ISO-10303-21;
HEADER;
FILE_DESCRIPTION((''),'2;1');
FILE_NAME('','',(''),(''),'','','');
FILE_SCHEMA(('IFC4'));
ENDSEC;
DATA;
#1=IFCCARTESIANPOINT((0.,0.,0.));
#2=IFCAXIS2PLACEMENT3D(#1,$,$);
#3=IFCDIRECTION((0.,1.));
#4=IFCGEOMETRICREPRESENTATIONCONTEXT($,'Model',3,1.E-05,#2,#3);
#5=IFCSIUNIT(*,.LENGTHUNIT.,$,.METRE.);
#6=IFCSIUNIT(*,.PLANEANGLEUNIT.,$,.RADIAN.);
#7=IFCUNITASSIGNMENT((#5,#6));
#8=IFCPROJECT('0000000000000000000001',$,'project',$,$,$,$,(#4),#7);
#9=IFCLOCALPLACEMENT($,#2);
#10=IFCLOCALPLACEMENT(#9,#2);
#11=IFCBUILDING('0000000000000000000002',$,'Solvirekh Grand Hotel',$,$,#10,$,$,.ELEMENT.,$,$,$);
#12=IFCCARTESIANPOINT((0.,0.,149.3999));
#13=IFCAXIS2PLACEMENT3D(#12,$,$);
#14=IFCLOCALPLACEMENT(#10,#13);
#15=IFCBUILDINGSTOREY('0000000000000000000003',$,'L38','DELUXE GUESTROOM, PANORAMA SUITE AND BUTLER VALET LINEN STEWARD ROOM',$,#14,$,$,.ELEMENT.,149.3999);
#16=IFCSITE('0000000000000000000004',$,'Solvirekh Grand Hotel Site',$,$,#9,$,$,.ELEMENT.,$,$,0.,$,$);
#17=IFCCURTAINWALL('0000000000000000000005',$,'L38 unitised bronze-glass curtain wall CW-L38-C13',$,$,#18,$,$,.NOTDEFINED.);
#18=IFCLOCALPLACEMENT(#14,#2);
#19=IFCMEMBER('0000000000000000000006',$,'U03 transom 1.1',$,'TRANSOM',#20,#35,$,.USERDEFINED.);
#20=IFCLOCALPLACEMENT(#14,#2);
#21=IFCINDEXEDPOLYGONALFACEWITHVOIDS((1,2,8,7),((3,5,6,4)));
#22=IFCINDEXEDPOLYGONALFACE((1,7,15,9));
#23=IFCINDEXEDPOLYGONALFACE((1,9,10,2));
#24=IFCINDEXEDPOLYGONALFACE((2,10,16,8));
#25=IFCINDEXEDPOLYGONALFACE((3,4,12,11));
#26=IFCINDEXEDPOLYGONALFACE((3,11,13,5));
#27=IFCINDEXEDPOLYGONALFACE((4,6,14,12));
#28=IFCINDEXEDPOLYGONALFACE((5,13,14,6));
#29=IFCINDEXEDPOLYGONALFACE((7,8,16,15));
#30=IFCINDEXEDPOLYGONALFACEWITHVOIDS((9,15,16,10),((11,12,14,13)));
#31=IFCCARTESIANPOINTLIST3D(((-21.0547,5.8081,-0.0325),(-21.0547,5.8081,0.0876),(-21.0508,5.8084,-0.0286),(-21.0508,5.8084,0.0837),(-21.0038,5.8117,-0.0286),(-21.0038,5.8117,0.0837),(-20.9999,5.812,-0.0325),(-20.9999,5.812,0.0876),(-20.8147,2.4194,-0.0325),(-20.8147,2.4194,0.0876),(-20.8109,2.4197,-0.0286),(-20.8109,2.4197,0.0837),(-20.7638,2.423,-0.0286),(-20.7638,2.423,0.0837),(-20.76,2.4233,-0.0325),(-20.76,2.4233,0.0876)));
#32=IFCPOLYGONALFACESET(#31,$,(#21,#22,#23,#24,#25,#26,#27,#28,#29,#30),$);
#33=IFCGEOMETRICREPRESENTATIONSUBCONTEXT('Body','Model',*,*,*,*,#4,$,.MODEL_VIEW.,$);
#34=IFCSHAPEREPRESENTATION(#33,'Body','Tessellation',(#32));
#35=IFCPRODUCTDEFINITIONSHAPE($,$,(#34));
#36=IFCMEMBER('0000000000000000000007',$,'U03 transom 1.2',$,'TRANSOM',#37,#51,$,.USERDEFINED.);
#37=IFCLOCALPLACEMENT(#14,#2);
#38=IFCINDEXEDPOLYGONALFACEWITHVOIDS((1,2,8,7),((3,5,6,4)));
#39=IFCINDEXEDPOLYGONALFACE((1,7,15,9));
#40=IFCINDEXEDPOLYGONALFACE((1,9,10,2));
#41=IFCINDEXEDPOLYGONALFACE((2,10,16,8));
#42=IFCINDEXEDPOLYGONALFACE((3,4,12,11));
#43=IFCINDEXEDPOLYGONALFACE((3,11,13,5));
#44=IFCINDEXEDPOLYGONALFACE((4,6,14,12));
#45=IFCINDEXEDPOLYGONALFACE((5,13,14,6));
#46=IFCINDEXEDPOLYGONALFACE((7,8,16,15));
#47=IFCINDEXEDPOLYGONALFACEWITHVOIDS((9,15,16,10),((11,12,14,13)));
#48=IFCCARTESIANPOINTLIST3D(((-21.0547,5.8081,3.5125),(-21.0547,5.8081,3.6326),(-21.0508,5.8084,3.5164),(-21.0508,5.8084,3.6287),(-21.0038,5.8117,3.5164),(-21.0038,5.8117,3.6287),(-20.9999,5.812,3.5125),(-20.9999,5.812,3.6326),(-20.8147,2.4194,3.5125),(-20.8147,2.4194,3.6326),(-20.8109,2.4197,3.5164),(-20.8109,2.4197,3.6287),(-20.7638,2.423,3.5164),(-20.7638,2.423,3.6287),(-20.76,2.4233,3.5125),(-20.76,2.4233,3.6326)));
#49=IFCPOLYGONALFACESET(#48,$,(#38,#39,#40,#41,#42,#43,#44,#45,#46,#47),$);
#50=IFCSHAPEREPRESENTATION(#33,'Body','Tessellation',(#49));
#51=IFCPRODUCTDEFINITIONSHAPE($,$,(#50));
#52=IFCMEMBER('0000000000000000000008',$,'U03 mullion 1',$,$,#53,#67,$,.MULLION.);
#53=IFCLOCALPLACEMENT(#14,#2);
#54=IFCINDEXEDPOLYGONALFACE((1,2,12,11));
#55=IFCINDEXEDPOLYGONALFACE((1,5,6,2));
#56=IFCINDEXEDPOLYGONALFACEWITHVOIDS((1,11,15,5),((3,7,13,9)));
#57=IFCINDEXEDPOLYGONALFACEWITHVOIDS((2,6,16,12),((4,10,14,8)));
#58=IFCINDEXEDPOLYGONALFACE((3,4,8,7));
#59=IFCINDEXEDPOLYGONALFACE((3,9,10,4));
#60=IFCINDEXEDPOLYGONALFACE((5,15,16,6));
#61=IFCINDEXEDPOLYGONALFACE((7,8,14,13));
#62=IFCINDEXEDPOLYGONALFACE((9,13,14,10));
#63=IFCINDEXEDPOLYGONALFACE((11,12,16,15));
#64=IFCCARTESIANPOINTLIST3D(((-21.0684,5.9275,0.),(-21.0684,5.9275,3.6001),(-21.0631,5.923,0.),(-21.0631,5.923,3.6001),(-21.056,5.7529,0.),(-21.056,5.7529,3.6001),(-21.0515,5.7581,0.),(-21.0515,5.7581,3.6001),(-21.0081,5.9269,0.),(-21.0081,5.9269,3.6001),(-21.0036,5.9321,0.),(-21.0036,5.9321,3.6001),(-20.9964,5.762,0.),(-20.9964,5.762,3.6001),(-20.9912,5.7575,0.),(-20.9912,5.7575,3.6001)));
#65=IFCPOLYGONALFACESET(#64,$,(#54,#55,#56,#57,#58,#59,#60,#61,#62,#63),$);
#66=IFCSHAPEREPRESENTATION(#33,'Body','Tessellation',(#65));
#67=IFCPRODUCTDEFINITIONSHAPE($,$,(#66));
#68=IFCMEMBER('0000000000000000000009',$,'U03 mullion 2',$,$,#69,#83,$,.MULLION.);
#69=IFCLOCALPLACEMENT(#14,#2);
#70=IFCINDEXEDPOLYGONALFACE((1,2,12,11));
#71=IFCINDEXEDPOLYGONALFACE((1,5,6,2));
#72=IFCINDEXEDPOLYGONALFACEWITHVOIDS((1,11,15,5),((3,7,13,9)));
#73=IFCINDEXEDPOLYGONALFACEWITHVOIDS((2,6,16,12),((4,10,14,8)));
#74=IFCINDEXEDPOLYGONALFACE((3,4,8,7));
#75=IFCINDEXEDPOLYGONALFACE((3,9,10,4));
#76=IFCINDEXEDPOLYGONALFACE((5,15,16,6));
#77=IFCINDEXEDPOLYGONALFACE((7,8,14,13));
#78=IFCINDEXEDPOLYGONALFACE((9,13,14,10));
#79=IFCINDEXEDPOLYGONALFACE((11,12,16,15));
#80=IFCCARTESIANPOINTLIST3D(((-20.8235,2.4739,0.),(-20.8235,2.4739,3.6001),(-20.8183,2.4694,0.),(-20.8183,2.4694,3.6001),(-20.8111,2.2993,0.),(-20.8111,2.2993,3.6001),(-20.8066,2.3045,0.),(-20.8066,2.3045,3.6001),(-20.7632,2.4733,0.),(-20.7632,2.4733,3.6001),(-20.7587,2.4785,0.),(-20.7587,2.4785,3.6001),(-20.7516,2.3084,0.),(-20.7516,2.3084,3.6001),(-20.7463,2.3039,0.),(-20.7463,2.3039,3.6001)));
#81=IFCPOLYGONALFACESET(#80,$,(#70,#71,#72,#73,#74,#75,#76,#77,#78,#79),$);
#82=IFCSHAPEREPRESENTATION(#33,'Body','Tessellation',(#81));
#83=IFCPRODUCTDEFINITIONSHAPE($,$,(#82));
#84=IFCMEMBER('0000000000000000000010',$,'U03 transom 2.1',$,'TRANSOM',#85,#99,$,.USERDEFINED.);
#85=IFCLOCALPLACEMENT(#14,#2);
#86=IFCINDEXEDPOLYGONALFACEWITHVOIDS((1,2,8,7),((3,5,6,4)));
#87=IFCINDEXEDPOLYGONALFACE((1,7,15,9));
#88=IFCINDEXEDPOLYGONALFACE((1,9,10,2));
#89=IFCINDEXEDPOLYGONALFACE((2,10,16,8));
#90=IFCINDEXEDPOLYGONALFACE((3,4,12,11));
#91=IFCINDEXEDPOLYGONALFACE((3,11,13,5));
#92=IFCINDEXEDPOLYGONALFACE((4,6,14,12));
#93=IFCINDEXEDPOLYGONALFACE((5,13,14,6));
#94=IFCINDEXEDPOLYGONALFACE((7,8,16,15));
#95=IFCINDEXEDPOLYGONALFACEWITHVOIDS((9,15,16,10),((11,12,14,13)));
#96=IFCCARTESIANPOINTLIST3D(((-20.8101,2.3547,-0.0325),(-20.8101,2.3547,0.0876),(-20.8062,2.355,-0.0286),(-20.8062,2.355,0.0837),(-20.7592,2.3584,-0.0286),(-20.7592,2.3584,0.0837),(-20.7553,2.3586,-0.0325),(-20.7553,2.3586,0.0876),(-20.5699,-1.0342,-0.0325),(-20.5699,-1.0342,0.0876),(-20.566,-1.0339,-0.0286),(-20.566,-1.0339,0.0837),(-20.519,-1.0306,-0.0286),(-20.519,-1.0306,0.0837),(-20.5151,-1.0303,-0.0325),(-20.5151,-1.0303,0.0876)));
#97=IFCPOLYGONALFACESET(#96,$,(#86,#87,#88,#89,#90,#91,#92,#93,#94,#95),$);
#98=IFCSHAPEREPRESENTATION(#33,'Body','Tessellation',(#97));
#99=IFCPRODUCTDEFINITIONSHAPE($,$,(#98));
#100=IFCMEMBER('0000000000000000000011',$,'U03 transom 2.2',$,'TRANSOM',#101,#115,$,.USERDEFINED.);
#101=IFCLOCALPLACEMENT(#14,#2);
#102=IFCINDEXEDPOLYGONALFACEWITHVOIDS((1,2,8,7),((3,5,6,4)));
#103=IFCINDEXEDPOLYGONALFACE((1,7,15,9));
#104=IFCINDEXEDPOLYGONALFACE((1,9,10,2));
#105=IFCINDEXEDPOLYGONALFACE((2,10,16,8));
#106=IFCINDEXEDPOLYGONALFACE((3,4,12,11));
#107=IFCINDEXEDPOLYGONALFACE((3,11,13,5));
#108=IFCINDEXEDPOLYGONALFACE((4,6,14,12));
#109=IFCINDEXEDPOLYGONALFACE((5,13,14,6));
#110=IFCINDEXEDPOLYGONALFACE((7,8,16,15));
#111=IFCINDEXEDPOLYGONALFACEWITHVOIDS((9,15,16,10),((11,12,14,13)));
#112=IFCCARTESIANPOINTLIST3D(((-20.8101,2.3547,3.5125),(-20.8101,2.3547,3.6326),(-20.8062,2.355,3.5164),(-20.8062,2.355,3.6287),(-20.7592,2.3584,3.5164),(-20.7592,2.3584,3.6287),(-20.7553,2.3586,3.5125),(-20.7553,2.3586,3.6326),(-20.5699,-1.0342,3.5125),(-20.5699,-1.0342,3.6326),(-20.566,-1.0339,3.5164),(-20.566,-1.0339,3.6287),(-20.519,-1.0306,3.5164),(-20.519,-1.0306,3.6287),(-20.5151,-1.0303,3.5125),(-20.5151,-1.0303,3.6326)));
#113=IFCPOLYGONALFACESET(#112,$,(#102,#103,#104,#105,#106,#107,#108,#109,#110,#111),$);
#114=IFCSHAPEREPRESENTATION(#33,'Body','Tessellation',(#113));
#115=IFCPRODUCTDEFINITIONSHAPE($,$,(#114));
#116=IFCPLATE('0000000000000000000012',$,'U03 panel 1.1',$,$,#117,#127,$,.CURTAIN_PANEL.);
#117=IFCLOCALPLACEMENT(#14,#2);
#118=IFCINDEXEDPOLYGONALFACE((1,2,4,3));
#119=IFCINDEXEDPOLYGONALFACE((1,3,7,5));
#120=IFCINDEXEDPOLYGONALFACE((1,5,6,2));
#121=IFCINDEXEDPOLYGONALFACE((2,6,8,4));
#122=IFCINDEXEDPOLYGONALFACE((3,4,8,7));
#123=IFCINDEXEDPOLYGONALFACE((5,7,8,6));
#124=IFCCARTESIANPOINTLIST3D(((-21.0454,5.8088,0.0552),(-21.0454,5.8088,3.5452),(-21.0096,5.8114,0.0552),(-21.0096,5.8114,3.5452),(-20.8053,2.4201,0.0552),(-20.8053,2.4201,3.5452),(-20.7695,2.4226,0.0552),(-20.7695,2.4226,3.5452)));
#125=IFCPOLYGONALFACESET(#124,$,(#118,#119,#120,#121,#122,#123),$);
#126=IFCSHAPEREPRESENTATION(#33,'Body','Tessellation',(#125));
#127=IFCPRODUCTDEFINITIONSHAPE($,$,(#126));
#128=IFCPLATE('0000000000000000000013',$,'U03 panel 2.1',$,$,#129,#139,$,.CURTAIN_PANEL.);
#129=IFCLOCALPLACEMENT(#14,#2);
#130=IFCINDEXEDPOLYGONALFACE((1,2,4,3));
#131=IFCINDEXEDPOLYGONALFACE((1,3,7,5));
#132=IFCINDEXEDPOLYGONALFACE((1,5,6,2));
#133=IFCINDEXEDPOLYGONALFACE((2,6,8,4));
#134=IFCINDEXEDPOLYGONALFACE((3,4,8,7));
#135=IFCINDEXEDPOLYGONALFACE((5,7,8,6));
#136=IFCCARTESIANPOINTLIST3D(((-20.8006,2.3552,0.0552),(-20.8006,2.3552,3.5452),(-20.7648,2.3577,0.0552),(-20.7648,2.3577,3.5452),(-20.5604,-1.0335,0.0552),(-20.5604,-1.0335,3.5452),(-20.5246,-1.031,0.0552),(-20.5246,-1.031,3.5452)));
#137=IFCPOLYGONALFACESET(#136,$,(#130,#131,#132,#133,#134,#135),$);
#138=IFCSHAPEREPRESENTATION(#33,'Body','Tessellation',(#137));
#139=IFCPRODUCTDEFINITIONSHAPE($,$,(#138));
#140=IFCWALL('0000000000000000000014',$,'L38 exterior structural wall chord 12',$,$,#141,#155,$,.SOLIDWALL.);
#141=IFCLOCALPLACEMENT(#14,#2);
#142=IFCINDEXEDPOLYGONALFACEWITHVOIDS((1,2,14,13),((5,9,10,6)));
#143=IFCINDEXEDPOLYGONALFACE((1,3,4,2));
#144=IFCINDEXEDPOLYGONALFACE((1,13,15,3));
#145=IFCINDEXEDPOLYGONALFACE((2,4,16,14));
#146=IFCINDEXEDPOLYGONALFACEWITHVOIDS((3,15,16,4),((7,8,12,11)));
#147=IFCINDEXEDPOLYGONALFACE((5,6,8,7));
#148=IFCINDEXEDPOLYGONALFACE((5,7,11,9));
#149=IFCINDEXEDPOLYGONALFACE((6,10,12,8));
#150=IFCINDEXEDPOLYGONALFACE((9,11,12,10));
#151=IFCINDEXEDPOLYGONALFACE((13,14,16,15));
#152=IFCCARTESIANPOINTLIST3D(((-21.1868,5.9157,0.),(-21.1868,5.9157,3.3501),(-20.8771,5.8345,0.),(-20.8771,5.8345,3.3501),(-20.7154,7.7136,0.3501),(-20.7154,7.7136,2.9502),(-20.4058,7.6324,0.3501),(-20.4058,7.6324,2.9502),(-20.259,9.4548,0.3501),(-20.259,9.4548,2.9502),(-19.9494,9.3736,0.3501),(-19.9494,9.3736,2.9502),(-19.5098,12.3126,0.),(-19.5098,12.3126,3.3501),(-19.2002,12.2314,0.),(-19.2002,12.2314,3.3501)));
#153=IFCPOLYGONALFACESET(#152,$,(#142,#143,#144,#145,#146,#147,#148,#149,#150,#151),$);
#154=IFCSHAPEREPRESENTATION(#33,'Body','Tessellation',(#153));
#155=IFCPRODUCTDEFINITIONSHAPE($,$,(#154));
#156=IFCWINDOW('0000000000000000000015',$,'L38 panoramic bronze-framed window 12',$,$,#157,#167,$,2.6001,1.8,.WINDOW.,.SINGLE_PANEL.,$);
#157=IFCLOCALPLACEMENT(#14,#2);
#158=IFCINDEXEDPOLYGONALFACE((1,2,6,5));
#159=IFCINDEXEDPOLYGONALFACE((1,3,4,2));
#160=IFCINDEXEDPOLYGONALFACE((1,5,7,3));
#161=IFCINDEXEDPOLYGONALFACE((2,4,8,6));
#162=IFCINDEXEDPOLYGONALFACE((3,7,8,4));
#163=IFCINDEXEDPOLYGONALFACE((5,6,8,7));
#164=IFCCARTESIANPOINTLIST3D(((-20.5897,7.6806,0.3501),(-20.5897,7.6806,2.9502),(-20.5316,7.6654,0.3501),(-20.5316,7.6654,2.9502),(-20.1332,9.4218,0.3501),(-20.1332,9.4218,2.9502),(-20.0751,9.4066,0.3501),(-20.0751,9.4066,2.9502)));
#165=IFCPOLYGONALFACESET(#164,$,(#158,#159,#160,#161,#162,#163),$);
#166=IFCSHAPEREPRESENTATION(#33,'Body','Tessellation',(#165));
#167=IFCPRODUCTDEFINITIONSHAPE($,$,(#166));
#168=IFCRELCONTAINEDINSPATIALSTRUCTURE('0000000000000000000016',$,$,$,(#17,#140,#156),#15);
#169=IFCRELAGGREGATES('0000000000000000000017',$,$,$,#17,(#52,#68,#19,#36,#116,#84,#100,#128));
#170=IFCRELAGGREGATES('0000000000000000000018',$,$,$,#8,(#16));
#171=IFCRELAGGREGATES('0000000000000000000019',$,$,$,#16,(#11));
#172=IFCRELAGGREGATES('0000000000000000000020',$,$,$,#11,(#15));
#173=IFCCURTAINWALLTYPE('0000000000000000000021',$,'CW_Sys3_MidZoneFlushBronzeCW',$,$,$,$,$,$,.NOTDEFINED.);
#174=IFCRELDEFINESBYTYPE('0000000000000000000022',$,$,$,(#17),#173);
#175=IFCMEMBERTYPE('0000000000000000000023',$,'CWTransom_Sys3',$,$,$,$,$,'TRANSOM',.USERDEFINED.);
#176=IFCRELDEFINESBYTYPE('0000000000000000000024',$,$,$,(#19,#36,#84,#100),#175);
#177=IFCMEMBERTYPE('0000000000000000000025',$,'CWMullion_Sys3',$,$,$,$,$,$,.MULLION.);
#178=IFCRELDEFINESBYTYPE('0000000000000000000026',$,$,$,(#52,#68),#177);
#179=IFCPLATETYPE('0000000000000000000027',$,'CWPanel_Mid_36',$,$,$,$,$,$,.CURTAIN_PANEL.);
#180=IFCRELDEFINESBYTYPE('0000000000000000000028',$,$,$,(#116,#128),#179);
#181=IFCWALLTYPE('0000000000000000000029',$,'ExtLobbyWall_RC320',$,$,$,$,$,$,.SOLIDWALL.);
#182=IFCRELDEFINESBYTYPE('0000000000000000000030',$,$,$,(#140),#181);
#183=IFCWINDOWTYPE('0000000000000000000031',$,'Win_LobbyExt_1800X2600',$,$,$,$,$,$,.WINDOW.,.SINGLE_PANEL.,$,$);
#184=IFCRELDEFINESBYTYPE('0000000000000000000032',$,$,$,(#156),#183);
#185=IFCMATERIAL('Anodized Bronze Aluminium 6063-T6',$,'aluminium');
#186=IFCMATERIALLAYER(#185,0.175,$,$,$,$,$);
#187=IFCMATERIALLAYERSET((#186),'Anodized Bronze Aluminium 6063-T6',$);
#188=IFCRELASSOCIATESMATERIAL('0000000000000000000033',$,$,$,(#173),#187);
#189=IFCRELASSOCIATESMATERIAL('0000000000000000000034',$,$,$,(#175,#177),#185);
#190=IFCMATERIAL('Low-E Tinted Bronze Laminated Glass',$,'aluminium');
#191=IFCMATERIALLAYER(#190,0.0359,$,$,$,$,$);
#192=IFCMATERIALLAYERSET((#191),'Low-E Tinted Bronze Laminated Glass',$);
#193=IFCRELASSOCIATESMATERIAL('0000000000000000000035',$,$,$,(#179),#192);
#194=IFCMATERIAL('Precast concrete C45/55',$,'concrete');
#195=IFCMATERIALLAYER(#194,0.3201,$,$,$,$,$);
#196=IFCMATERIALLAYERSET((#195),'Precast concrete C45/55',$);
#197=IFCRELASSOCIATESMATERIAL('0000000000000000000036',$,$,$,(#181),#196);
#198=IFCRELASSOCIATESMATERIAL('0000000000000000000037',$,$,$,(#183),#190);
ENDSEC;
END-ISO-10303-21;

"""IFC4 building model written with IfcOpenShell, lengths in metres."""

from ifc_helpers import new_model, si_unit, direction, frame, frame_2d, origin, origin_2d, place, context, subcontext, project, spatial, rectangle, hollow_rectangle, extrude, source, transform, mapped, material, layer, layer_set, material_profile, profile_set, type_object, element, fill, aggregate, save


model = new_model("IFC4")

# Units and contexts
model_context = context("Model", 3, precision=1e-05, world=origin(), true_north=direction((0.0, 1.0)))
body_context = subcontext(model_context, "Body", "Model", "MODEL_VIEW")
ifc_project = project(units=[si_unit("LENGTHUNIT", "METRE"), si_unit("PLANEANGLEUNIT", "RADIAN")], contexts=[model_context])

# Site, building, storey
site_placement = place(None, origin())
site = spatial("IfcSite", under=ifc_project, at=site_placement, Name="Solvirekh Grand Hotel Site", CompositionType="ELEMENT", RefElevation=0.0)
building_placement = place(site_placement, origin())
building = spatial("IfcBuilding", under=site, at=building_placement, Name="Solvirekh Grand Hotel", CompositionType="ELEMENT")
storey_placement = place(building_placement, frame((0.0, 0.0, 149.3999)))
storey = spatial("IfcBuildingStorey", under=building, at=storey_placement, Name="L38", Description="DELUXE GUESTROOM, PANORAMA SUITE AND BUTLER VALET LINEN STEWARD ROOM", CompositionType="ELEMENT", Elevation=149.3999)

# Curtain wall, members, plates
ifc_material_1 = material(Name="Anodized Bronze Aluminium 6063-T6", Category="aluminium")
ifc_layer_1 = layer(ifc_material_1, 0.175)
ifc_layer_set_1 = layer_set([ifc_layer_1], Name="Anodized Bronze Aluminium 6063-T6")
curtain_wall_type = type_object("IfcCurtainWallType", Name="CW_Sys3_MidZoneFlushBronzeCW", PredefinedType="NOTDEFINED", material=ifc_layer_set_1)
curtain_wall_placement = place(storey_placement, origin())
curtain_wall = element("IfcCurtainWall", 1, at=curtain_wall_placement, inside=storey, type_object=curtain_wall_type, Name="L38 unitised bronze-glass curtain wall CW-L38-C13", PredefinedType="NOTDEFINED")
ifc_material_profile_1 = material_profile(ifc_material_1, hollow_rectangle(XDim=0.0549, YDim=0.1201, WallThickness=0.0039, at=origin_2d()), Name="ALU RHS 120X55X4")
ifc_profile_set_1 = profile_set([ifc_material_profile_1], Name="Anodized Bronze Aluminium 6063-T6")
member_type_1 = type_object("IfcMemberType", Name="CWTransom_Sys3", ElementType="TRANSOM", PredefinedType="USERDEFINED", material=ifc_profile_set_1)
shared_shape_1 = source(origin(), body_context, "Body", "SweptSolid", [
    extrude(hollow_rectangle(XDim=0.0549, YDim=0.1201, WallThickness=0.0039, at=origin_2d()), origin(), (0.0, 0.0, 1.0), 3.3972),
])
member_1_placement = place(storey_placement, frame((-21.0273, 5.8101, 0.0276), z_axis=(0.070644, -0.997502, 0.0), x_axis=(0.997502, 0.070644, 0.0)))
member_1 = element("IfcMember", 2, at=member_1_placement, type_object=member_type_1, Name="U03 transom 1.1", ObjectType="TRANSOM", PredefinedType="USERDEFINED", context=body_context, shape_type="MappedRepresentation", body=[
    mapped(shared_shape_1, transform((0.0, 0.0, 0.0), x_axis=(1.0, 0.0, 0.0), y_axis=(0.0, 1.0, 0.0), z_axis=(0.0, 0.0, 1.0), scale=1.0)),
])
member_2_placement = place(storey_placement, frame((-21.0273, 5.8101, 3.5725), z_axis=(0.070644, -0.997502, 0.0), x_axis=(0.997502, 0.070644, 0.0)))
member_2 = element("IfcMember", 3, at=member_2_placement, type_object=member_type_1, Name="U03 transom 1.2", ObjectType="TRANSOM", PredefinedType="USERDEFINED", context=body_context, shape_type="MappedRepresentation", body=[
    mapped(shared_shape_1, transform((0.0, 0.0, 0.0), x_axis=(1.0, 0.0, 0.0), y_axis=(0.0, 1.0, 0.0), z_axis=(0.0, 0.0, 1.0), scale=1.0)),
])
ifc_material_profile_2 = material_profile(ifc_material_1, hollow_rectangle(XDim=0.0649, YDim=0.175, WallThickness=0.0049, at=origin_2d()), Name="ALU RHS 175X65X5")
ifc_profile_set_2 = profile_set([ifc_material_profile_2], Name="Anodized Bronze Aluminium 6063-T6")
member_type_2 = type_object("IfcMemberType", Name="CWMullion_Sys3", PredefinedType="MULLION", material=ifc_profile_set_2)
shared_shape_2 = source(origin(), body_context, "Body", "SweptSolid", [
    extrude(hollow_rectangle(XDim=0.0649, YDim=0.175, WallThickness=0.0049, at=origin_2d()), origin(), (0.0, 0.0, 1.0), 3.6001),
])
member_3_placement = place(storey_placement, frame((-21.0298, 5.8425, 0.0), z_axis=(0.0, 0.0, 1.0), x_axis=(0.997499, 0.070678, 0.0)))
member_3 = element("IfcMember", 4, at=member_3_placement, type_object=member_type_2, Name="U03 mullion 1", PredefinedType="MULLION", context=body_context, shape_type="MappedRepresentation", body=[
    mapped(shared_shape_2, transform((0.0, 0.0, 0.0), x_axis=(1.0, 0.0, 0.0), y_axis=(0.0, 1.0, 0.0), z_axis=(0.0, 0.0, 1.0), scale=1.0)),
])
member_4_placement = place(storey_placement, frame((-20.7849, 2.3889, 0.0), z_axis=(0.0, 0.0, 1.0), x_axis=(0.997499, 0.070678, 0.0)))
member_4 = element("IfcMember", 5, at=member_4_placement, type_object=member_type_2, Name="U03 mullion 2", PredefinedType="MULLION", context=body_context, shape_type="MappedRepresentation", body=[
    mapped(shared_shape_2, transform((0.0, 0.0, 0.0), x_axis=(1.0, 0.0, 0.0), y_axis=(0.0, 1.0, 0.0), z_axis=(0.0, 0.0, 1.0), scale=1.0)),
])
shared_shape_3 = source(origin(), body_context, "Body", "SweptSolid", [
    extrude(hollow_rectangle(XDim=0.0549, YDim=0.1201, WallThickness=0.0039, at=origin_2d()), origin(), (0.0, 0.0, 1.0), 3.3975),
])
member_5_placement = place(storey_placement, frame((-20.7827, 2.3567, 0.0276), z_axis=(0.070711, -0.997497, 0.0), x_axis=(0.997497, 0.070711, 0.0)))
member_5 = element("IfcMember", 6, at=member_5_placement, type_object=member_type_1, Name="U03 transom 2.1", ObjectType="TRANSOM", PredefinedType="USERDEFINED", context=body_context, shape_type="MappedRepresentation", body=[
    mapped(shared_shape_3, transform((0.0, 0.0, 0.0), x_axis=(1.0, 0.0, 0.0), y_axis=(0.0, 1.0, 0.0), z_axis=(0.0, 0.0, 1.0), scale=1.0)),
])
member_6_placement = place(storey_placement, frame((-20.7827, 2.3567, 3.5725), z_axis=(0.070711, -0.997497, 0.0), x_axis=(0.997497, 0.070711, 0.0)))
member_6 = element("IfcMember", 7, at=member_6_placement, type_object=member_type_1, Name="U03 transom 2.2", ObjectType="TRANSOM", PredefinedType="USERDEFINED", context=body_context, shape_type="MappedRepresentation", body=[
    mapped(shared_shape_3, transform((0.0, 0.0, 0.0), x_axis=(1.0, 0.0, 0.0), y_axis=(0.0, 1.0, 0.0), z_axis=(0.0, 0.0, 1.0), scale=1.0)),
])
ifc_material_2 = material(Name="Low-E Tinted Bronze Laminated Glass", Category="aluminium")
ifc_layer_2 = layer(ifc_material_2, 0.0359)
ifc_layer_set_2 = layer_set([ifc_layer_2], Name="Low-E Tinted Bronze Laminated Glass")
plate_type = type_object("IfcPlateType", Name="CWPanel_Mid_36", PredefinedType="CURTAIN_PANEL", material=ifc_layer_set_2)
shared_shape_4 = source(origin(), body_context, "Body", "SweptSolid", [
    extrude(rectangle(XDim=3.3972, YDim=0.0359, at=origin_2d()), origin(), (0.0, 0.0, 1.0), 3.49),
])
plate_1_placement = place(storey_placement, frame((-20.9075, 4.1157, 0.0552), z_axis=(0.0, 0.0, 1.0), x_axis=(0.070678, -0.997499, 0.0)))
plate_1 = element("IfcPlate", 8, at=plate_1_placement, type_object=plate_type, Name="U03 panel 1.1", PredefinedType="CURTAIN_PANEL", context=body_context, shape_type="MappedRepresentation", body=[
    mapped(shared_shape_4, transform((0.0, 0.0, 0.0), x_axis=(1.0, 0.0, 0.0), y_axis=(0.0, 1.0, 0.0), z_axis=(0.0, 0.0, 1.0), scale=1.0)),
])
plate_2_placement = place(storey_placement, frame((-20.6626, 0.6621, 0.0552), z_axis=(0.0, 0.0, 1.0), x_axis=(0.070678, -0.997499, 0.0)))
plate_2 = element("IfcPlate", 9, at=plate_2_placement, type_object=plate_type, Name="U03 panel 2.1", PredefinedType="CURTAIN_PANEL", context=body_context, shape_type="MappedRepresentation", body=[
    mapped(shared_shape_4, transform((0.0, 0.0, 0.0), x_axis=(1.0, 0.0, 0.0), y_axis=(0.0, 1.0, 0.0), z_axis=(0.0, 0.0, 1.0), scale=1.0)),
])
aggregate(curtain_wall, [member_3, member_4, member_1, member_2, plate_1, member_5, member_6, plate_2])

# Wall, opening, window
ifc_material_3 = material(Name="Precast concrete C45/55", Category="concrete")
ifc_layer_3 = layer(ifc_material_3, 0.3201)
ifc_layer_set_3 = layer_set([ifc_layer_3], Name="Precast concrete C45/55")
wall_type_1 = type_object("IfcWallType", Name="ExtLobbyWall_RC320", PredefinedType="SOLIDWALL", material=ifc_layer_set_3)
wall_1_placement = place(storey_placement, frame((-21.032, 5.875, 0.0), z_axis=(0.0, 0.0, 1.0), x_axis=(0.253586, 0.967313, 0.0)))
wall_1 = element("IfcWall", 10, at=wall_1_placement, inside=storey, type_object=wall_type_1, Name="L38 exterior structural wall chord 12", PredefinedType="SOLIDWALL", context=body_context, shape_type="SweptSolid", body=[
    extrude(rectangle(XDim=6.613, YDim=0.3201, at=frame_2d((3.3066, 0.0))), origin(), (0.0, 0.0, 1.0), 3.3501),
])
opening_1_placement = place(wall_1_placement, frame((1.8589, 0.0, 0.3501)))
opening_1 = element("IfcOpeningElement", 11, at=opening_1_placement, cuts=wall_1, PredefinedType="OPENING", context=body_context, shape_type="SweptSolid", body=[
    extrude(rectangle(XDim=1.8, YDim=2.6001, at=frame_2d((0.8999, 1.3))), frame((0.0, 0.1699, 0.0), z_axis=(0.0, -1.0, 0.0), x_axis=(1.0, 0.0, 0.0)), (0.0, 0.0, 1.0), 0.3401),
])
window_type = type_object("IfcWindowType", Name="Win_LobbyExt_1800X2600", PartitioningType="SINGLE_PANEL", PredefinedType="WINDOW", material=ifc_material_2)
window_placement = place(opening_1_placement, origin())
window = element("IfcWindow", 12, at=window_placement, inside=storey, type_object=window_type, Name="L38 panoramic bronze-framed window 12", OverallHeight=2.6001, OverallWidth=1.8, PartitioningType="SINGLE_PANEL", PredefinedType="WINDOW", context=body_context, shape_type="SweptSolid", body=[
    extrude(rectangle(XDim=1.8, YDim=2.6001, at=frame_2d((0.8999, 1.3))), frame((0.0, 0.03, 0.0), z_axis=(0.0, -1.0, 0.0), x_axis=(1.0, 0.0, 0.0)), (0.0, 0.0, 1.0), 0.0601),
])
fill(opening_1, window)

save(model, "model.ifc")
